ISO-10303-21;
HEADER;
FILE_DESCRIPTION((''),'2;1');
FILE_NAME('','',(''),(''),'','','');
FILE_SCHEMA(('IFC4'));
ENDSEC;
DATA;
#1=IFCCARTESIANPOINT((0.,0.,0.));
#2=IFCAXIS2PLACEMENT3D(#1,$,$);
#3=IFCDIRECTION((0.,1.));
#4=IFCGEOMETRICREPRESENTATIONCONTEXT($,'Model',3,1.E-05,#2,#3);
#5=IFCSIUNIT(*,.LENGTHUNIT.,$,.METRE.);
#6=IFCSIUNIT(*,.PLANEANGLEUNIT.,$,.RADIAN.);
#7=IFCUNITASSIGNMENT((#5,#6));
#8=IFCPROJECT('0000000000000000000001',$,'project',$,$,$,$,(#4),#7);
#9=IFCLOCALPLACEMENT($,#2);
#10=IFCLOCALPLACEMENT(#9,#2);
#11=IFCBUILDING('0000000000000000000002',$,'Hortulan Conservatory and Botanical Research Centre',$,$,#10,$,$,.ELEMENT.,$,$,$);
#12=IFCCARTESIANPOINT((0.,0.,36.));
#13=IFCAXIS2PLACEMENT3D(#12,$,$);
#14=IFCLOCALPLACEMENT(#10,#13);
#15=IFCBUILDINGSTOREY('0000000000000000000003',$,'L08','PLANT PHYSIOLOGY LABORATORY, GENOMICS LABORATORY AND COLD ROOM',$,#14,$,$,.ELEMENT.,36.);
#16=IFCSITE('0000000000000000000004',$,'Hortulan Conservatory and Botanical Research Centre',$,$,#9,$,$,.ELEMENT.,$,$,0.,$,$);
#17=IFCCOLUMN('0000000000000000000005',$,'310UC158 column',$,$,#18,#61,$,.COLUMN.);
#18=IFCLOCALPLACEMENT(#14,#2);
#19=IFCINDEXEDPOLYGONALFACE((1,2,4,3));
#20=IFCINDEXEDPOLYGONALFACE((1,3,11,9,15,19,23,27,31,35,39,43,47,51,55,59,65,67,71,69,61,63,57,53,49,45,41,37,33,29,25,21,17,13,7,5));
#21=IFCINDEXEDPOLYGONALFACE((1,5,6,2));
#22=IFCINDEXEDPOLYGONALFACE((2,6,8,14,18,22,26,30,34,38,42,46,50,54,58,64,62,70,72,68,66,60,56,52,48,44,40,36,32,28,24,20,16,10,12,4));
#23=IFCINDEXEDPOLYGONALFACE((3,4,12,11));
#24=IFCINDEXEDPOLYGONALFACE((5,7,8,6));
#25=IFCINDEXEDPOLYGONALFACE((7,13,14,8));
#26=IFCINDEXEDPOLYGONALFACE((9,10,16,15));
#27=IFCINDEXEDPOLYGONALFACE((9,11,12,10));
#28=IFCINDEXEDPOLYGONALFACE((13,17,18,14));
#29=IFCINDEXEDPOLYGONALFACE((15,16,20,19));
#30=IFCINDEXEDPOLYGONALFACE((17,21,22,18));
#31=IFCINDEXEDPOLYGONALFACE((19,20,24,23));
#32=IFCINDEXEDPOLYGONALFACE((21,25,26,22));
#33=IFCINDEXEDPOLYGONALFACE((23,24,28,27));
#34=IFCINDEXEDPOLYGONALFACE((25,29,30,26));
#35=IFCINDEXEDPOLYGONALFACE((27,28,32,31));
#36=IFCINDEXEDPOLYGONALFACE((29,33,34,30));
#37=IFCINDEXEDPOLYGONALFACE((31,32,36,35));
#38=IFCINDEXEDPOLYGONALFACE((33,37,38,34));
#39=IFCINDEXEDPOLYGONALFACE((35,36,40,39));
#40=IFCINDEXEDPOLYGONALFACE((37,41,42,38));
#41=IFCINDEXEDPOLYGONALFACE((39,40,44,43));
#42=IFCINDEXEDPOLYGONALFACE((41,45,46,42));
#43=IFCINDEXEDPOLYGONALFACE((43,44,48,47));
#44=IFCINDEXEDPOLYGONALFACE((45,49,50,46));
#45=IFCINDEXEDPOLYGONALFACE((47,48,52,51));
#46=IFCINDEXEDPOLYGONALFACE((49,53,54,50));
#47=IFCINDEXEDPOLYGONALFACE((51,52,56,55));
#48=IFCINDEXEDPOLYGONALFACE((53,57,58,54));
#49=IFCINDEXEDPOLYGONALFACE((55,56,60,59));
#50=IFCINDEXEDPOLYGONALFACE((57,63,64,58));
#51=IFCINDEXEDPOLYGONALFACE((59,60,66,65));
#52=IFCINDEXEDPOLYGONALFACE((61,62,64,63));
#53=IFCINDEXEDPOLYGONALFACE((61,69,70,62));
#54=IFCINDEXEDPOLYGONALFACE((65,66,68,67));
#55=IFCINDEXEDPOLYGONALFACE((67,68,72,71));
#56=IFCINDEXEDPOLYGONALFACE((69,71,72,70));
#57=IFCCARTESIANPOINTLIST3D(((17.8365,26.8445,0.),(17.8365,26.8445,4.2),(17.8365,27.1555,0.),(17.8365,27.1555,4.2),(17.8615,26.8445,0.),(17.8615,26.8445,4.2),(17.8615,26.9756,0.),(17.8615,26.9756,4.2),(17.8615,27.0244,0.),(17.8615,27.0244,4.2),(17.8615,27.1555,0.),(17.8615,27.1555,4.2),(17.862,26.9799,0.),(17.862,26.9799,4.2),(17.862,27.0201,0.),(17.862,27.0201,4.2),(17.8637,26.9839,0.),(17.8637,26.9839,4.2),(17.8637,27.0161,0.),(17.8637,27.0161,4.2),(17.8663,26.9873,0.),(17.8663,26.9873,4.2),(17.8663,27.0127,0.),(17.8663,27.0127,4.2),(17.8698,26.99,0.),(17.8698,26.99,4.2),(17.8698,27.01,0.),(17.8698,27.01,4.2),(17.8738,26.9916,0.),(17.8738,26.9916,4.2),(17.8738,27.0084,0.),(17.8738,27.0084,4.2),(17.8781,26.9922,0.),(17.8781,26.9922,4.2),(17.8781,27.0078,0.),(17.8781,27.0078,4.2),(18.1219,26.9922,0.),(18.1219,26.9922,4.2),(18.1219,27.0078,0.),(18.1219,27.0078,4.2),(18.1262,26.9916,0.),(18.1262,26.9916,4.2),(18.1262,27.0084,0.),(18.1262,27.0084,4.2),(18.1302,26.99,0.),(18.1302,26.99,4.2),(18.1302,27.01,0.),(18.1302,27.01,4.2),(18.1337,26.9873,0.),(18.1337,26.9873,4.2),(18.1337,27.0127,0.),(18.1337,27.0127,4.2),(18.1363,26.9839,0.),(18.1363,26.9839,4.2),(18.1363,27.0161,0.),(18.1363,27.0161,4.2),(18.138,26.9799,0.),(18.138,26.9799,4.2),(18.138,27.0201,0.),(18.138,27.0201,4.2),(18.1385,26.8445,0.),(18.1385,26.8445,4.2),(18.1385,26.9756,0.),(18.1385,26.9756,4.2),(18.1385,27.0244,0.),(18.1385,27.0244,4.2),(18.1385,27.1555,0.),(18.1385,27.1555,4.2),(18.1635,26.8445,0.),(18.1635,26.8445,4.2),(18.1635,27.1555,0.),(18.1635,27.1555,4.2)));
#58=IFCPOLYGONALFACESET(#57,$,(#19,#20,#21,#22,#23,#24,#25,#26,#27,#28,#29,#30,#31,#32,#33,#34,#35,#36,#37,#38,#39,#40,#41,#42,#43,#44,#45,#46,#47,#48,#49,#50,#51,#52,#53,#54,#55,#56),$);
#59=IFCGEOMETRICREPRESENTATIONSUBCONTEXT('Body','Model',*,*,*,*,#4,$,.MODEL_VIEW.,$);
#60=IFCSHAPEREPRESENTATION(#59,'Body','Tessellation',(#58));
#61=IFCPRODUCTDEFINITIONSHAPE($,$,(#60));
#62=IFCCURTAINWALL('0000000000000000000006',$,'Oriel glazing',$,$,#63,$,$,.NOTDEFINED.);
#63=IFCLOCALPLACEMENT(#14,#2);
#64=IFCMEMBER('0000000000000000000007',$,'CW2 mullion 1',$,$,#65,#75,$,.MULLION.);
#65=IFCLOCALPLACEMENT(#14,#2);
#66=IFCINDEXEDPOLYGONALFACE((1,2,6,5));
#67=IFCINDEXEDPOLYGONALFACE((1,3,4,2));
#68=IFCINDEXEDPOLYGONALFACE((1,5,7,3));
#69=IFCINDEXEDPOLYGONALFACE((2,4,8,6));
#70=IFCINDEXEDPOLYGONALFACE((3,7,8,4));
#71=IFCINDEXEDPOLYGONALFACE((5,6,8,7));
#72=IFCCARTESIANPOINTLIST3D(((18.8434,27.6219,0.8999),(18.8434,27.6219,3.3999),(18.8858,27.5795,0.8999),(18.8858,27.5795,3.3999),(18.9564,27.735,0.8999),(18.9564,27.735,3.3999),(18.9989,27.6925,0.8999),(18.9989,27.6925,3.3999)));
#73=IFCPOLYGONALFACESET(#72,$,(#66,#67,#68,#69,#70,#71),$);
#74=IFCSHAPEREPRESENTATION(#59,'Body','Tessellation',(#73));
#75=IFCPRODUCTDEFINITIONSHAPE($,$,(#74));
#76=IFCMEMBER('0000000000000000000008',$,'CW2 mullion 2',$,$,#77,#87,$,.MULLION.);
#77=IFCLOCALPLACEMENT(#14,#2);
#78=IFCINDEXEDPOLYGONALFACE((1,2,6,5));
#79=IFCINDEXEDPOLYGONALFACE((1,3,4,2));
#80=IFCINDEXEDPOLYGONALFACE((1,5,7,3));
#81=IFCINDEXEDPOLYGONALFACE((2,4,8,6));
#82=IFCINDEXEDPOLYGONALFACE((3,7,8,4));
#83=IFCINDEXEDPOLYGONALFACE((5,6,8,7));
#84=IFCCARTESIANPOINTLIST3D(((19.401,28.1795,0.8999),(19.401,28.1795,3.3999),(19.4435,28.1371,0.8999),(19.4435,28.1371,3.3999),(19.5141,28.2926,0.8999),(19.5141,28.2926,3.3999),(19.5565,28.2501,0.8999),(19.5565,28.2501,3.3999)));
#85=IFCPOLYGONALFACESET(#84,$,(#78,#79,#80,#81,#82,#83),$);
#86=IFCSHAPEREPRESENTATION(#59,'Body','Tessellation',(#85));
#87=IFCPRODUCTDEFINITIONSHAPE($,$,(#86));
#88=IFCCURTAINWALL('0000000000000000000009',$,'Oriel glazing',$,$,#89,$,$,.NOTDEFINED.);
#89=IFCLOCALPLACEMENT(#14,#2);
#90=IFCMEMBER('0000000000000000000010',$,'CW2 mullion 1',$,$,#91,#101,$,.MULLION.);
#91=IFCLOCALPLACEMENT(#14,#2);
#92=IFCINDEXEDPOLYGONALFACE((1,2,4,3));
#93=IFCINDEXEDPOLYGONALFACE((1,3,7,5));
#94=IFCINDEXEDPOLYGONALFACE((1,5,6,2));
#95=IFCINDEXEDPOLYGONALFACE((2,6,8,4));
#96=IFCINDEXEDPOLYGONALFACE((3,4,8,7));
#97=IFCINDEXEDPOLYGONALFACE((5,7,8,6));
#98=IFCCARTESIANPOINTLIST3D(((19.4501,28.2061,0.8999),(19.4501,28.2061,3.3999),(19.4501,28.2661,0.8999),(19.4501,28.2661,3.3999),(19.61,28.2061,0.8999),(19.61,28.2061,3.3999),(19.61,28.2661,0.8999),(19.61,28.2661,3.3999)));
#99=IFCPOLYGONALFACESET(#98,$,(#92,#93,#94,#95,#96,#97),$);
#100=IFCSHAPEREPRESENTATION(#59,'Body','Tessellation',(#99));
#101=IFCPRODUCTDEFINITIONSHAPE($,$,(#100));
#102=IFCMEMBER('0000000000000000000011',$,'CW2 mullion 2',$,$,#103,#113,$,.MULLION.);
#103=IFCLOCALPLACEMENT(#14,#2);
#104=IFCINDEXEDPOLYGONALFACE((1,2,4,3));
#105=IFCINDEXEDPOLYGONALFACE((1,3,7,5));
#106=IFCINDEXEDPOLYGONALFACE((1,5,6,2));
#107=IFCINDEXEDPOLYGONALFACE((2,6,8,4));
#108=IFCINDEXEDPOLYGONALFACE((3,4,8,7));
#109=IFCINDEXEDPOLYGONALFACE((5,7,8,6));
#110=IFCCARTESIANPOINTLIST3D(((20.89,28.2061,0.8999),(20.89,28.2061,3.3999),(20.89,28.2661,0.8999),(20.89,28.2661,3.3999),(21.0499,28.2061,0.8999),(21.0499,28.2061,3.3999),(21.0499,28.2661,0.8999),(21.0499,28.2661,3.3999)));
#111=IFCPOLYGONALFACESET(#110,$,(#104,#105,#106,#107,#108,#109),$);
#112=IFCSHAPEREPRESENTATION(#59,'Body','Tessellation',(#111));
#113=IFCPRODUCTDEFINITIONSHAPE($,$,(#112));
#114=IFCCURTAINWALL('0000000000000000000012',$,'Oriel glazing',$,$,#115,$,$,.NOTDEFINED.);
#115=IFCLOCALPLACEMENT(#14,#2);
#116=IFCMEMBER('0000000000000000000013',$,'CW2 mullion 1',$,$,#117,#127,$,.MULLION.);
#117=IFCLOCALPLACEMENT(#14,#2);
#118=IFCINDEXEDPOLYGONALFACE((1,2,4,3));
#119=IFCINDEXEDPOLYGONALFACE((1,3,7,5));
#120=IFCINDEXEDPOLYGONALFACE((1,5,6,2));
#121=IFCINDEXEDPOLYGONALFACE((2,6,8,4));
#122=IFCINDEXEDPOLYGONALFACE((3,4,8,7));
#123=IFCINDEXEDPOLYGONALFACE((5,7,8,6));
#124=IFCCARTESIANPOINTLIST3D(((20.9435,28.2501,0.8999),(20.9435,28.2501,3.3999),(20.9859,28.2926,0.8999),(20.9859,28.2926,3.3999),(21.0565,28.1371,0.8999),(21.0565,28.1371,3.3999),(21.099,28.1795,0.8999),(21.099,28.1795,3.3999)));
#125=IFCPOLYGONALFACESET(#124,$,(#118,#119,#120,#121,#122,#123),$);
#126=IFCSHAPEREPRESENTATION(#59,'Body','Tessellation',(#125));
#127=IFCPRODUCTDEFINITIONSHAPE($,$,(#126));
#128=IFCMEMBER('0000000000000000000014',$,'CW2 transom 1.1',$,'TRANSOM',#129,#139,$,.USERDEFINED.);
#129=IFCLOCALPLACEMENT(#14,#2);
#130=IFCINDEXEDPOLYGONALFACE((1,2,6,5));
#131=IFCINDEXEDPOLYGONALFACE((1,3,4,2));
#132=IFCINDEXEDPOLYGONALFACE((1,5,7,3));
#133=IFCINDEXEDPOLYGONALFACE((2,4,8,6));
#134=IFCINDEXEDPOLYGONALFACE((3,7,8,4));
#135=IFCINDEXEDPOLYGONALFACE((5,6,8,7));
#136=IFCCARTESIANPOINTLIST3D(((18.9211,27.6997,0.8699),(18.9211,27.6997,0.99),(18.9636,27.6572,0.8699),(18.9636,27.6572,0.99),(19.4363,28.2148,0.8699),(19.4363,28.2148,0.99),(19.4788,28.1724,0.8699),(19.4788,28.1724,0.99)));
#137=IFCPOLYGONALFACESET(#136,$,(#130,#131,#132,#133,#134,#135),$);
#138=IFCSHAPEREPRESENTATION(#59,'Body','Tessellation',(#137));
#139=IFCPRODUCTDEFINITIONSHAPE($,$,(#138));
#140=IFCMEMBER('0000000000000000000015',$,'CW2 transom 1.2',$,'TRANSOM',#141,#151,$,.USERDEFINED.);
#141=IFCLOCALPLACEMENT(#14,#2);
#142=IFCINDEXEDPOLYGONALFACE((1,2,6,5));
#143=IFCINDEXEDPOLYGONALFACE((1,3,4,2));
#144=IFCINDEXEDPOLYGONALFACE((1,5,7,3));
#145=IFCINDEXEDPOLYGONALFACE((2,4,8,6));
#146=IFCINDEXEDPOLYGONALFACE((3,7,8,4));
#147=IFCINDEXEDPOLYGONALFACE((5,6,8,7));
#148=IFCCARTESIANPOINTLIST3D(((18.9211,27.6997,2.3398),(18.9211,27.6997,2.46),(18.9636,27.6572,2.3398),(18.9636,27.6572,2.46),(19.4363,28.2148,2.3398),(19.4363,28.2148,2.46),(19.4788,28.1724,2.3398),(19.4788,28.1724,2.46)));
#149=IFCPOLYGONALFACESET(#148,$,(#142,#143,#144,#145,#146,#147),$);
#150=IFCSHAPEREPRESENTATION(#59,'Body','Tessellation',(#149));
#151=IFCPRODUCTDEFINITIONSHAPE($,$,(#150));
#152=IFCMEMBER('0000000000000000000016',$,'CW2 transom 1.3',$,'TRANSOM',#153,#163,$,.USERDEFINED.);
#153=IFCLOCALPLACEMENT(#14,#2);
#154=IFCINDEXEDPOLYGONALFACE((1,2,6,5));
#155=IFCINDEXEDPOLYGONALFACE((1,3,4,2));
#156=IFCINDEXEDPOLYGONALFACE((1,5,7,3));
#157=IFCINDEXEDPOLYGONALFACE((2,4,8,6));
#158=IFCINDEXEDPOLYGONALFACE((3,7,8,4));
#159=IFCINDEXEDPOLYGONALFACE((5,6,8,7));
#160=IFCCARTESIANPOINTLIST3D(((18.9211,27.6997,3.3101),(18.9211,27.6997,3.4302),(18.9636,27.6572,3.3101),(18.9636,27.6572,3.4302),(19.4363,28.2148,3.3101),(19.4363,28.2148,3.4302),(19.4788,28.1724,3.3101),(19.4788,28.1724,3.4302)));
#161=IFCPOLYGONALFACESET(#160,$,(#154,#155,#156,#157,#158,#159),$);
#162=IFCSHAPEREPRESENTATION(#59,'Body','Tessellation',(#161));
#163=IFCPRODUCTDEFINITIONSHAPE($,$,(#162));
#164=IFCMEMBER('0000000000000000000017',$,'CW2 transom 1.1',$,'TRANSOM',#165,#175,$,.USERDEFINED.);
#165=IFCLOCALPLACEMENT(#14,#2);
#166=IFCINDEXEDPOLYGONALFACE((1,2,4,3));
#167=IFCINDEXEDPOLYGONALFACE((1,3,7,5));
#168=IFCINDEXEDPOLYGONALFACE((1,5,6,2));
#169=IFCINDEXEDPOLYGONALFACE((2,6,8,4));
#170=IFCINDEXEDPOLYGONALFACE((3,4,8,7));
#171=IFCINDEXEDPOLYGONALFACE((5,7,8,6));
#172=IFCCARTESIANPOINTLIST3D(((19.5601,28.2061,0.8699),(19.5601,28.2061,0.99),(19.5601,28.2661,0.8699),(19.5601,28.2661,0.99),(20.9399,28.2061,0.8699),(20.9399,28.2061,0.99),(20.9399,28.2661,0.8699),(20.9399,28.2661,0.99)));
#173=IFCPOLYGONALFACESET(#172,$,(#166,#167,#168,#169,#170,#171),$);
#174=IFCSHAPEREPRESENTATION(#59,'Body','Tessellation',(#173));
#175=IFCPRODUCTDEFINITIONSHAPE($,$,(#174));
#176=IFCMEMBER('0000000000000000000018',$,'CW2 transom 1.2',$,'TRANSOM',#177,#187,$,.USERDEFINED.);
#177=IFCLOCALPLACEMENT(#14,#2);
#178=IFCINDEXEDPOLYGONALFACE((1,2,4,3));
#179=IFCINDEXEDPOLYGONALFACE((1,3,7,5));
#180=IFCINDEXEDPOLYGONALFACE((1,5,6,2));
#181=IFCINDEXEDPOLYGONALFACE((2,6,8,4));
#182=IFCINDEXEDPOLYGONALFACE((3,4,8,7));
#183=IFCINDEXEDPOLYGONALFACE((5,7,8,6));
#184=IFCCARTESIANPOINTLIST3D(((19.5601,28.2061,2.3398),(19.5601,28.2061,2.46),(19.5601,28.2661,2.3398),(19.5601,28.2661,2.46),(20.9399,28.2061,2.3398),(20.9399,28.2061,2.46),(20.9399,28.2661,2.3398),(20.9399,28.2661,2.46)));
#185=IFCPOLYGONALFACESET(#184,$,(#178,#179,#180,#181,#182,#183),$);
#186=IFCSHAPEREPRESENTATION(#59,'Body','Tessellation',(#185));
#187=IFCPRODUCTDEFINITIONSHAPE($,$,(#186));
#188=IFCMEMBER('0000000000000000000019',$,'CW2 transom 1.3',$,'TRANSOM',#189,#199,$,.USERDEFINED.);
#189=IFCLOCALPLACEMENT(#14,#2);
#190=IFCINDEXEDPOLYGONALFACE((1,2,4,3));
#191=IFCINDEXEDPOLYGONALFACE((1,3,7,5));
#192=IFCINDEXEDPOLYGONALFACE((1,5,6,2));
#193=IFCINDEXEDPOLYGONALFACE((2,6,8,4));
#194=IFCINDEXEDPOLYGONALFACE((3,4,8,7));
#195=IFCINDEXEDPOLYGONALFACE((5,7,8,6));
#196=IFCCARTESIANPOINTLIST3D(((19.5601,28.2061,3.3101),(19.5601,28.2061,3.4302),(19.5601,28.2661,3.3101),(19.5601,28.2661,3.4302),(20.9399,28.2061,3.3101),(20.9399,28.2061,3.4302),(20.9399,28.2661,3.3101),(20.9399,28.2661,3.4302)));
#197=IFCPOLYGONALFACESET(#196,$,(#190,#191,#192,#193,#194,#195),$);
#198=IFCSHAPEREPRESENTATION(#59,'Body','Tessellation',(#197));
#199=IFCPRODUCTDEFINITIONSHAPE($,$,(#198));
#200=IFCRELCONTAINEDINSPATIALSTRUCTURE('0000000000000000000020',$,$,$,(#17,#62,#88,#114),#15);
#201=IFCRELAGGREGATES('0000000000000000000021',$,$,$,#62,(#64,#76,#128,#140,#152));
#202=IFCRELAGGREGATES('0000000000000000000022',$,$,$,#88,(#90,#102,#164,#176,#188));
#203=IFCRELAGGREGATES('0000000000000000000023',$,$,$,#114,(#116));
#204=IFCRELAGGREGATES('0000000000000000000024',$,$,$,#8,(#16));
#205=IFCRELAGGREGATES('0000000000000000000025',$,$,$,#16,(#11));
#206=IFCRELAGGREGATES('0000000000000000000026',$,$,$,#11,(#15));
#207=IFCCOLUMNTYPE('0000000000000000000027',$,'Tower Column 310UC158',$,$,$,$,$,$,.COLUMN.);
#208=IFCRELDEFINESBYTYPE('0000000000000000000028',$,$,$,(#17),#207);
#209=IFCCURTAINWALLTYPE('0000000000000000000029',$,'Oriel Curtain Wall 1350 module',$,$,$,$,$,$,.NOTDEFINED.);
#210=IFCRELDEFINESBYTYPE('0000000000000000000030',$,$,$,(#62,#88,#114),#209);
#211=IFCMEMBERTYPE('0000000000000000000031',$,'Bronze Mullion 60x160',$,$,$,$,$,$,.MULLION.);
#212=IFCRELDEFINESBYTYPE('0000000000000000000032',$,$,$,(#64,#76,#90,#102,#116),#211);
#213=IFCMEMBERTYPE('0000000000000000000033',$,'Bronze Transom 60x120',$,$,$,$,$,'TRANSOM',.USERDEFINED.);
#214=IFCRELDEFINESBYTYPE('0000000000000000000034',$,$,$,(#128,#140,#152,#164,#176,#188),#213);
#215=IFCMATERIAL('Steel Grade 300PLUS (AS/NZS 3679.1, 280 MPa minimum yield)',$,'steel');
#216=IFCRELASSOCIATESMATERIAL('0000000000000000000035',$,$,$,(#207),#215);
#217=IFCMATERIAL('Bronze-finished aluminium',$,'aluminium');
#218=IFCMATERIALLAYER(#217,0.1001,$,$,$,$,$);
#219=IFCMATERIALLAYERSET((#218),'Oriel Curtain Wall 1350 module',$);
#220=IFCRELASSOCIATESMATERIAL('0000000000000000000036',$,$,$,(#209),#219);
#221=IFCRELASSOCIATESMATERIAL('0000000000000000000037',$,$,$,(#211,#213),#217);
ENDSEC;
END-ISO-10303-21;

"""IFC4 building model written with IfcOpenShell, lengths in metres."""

from ifc_helpers import new_model, si_unit, direction, frame, origin, origin_2d, place, context, subcontext, project, spatial, rectangle, i_section, extrude, material, layer, layer_set, material_profile, profile_set, type_object, element, aggregate, save


model = new_model("IFC4")

# Units and contexts
model_context = context("Model", 3, precision=1e-05, world=origin(), true_north=direction((0.0, 1.0)))
body_context = subcontext(model_context, "Body", "Model", "MODEL_VIEW")
ifc_project = project(units=[si_unit("LENGTHUNIT", "METRE"), si_unit("PLANEANGLEUNIT", "RADIAN")], contexts=[model_context])

# Site, building, storey
site_placement = place(None, origin())
site = spatial("IfcSite", under=ifc_project, at=site_placement, Name="Hortulan Conservatory and Botanical Research Centre", CompositionType="ELEMENT", RefElevation=0.0)
building_placement = place(site_placement, origin())
building = spatial("IfcBuilding", under=site, at=building_placement, Name="Hortulan Conservatory and Botanical Research Centre", CompositionType="ELEMENT")
storey_placement = place(building_placement, frame((0.0, 0.0, 36.0)))
storey = spatial("IfcBuildingStorey", under=building, at=storey_placement, Name="L08", Description="PLANT PHYSIOLOGY LABORATORY, GENOMICS LABORATORY AND COLD ROOM", CompositionType="ELEMENT", Elevation=36.0)

# Column
ifc_material_1 = material(Name="Steel Grade 300PLUS (AS/NZS 3679.1, 280 MPa minimum yield)", Category="steel")
ifc_material_profile_1 = material_profile(ifc_material_1, i_section(OverallWidth=0.311, OverallDepth=0.3269, WebThickness=0.0156, FlangeThickness=0.0249, FilletRadius=0.0166, at=origin_2d()), Name="310UC158")
ifc_profile_set_1 = profile_set([ifc_material_profile_1], Name="Steel Grade 300PLUS (AS/NZS 3679.1, 280 MPa minimum yield)")
column_type = type_object("IfcColumnType", Name="Tower Column 310UC158", PredefinedType="COLUMN", material=ifc_profile_set_1)
column_placement = place(storey_placement, frame((18.0, 27.0, 0.0), z_axis=(0.0, 0.0, 1.0), x_axis=(0.0, 1.0, 0.0)))
element("IfcColumn", 1, at=column_placement, inside=storey, type_object=column_type, Name="310UC158 column", PredefinedType="COLUMN", context=body_context, shape_type="SweptSolid", body=[
    extrude(i_section(OverallWidth=0.311, OverallDepth=0.3269, WebThickness=0.0156, FlangeThickness=0.0249, FilletRadius=0.0166, at=origin_2d()), origin(), (0.0, 0.0, 1.0), 4.2),
])

# Curtain walls, members
ifc_material_2 = material(Name="Bronze-finished aluminium", Category="aluminium")
ifc_layer_1 = layer(ifc_material_2, 0.1001)
ifc_layer_set_1 = layer_set([ifc_layer_1], Name="Oriel Curtain Wall 1350 module")
curtain_wall_type = type_object("IfcCurtainWallType", Name="Oriel Curtain Wall 1350 module", PredefinedType="NOTDEFINED", material=ifc_layer_set_1)
curtain_wall_1_placement = place(storey_placement, origin())
curtain_wall_1 = element("IfcCurtainWall", 2, at=curtain_wall_1_placement, inside=storey, type_object=curtain_wall_type, Name="Oriel glazing", PredefinedType="NOTDEFINED")
ifc_material_profile_2 = material_profile(ifc_material_2, rectangle(XDim=0.0601, YDim=0.1599, at=origin_2d()), Name="Bronze Mullion 60x160")
ifc_profile_set_2 = profile_set([ifc_material_profile_2], Name="Bronze-finished aluminium")
member_type_1 = type_object("IfcMemberType", Name="Bronze Mullion 60x160", PredefinedType="MULLION", material=ifc_profile_set_2)
member_1_placement = place(storey_placement, frame((18.9211, 27.6572, 0.8999), z_axis=(0.0, 0.0, 1.0), x_axis=(-0.707107, 0.707107, 0.0)))
member_1 = element("IfcMember", 3, at=member_1_placement, type_object=member_type_1, Name="CW2 mullion 1", PredefinedType="MULLION", context=body_context, shape_type="SweptSolid", body=[
    extrude(rectangle(XDim=0.0601, YDim=0.1599, at=origin_2d()), origin(), (0.0, 0.0, 1.0), 2.5),
])
member_2_placement = place(storey_placement, frame((19.4788, 28.2148, 0.8999), z_axis=(0.0, 0.0, 1.0), x_axis=(-0.707107, 0.707107, 0.0)))
member_2 = element("IfcMember", 4, at=member_2_placement, type_object=member_type_1, Name="CW2 mullion 2", PredefinedType="MULLION", context=body_context, shape_type="SweptSolid", body=[
    extrude(rectangle(XDim=0.0601, YDim=0.1599, at=origin_2d()), origin(), (0.0, 0.0, 1.0), 2.5),
])
curtain_wall_2_placement = place(storey_placement, origin())
curtain_wall_2 = element("IfcCurtainWall", 5, at=curtain_wall_2_placement, inside=storey, type_object=curtain_wall_type, Name="Oriel glazing", PredefinedType="NOTDEFINED")
member_3_placement = place(storey_placement, frame((19.53, 28.2361, 0.8999), z_axis=(0.0, 0.0, 1.0), x_axis=(0.0, 1.0, 0.0)))
member_3 = element("IfcMember", 6, at=member_3_placement, type_object=member_type_1, Name="CW2 mullion 1", PredefinedType="MULLION", context=body_context, shape_type="SweptSolid", body=[
    extrude(rectangle(XDim=0.0601, YDim=0.1599, at=origin_2d()), origin(), (0.0, 0.0, 1.0), 2.5),
])
member_4_placement = place(storey_placement, frame((20.97, 28.2361, 0.8999), z_axis=(0.0, 0.0, 1.0), x_axis=(0.0, 1.0, 0.0)))
member_4 = element("IfcMember", 7, at=member_4_placement, type_object=member_type_1, Name="CW2 mullion 2", PredefinedType="MULLION", context=body_context, shape_type="SweptSolid", body=[
    extrude(rectangle(XDim=0.0601, YDim=0.1599, at=origin_2d()), origin(), (0.0, 0.0, 1.0), 2.5),
])

# Curtain wall, member
curtain_wall_3_placement = place(storey_placement, origin())
curtain_wall_3 = element("IfcCurtainWall", 8, at=curtain_wall_3_placement, inside=storey, type_object=curtain_wall_type, Name="Oriel glazing", PredefinedType="NOTDEFINED")
member_5_placement = place(storey_placement, frame((21.0212, 28.2148, 0.8999), z_axis=(0.0, 0.0, 1.0), x_axis=(0.707107, 0.707107, 0.0)))
member_5 = element("IfcMember", 9, at=member_5_placement, type_object=member_type_1, Name="CW2 mullion 1", PredefinedType="MULLION", context=body_context, shape_type="SweptSolid", body=[
    extrude(rectangle(XDim=0.0601, YDim=0.1599, at=origin_2d()), origin(), (0.0, 0.0, 1.0), 2.5),
])

# Members
ifc_material_profile_3 = material_profile(ifc_material_2, rectangle(XDim=0.0601, YDim=0.1201, at=origin_2d()), Name="Bronze Transom 60x120")
ifc_profile_set_3 = profile_set([ifc_material_profile_3], Name="Bronze-finished aluminium")
member_type_2 = type_object("IfcMemberType", Name="Bronze Transom 60x120", ElementType="TRANSOM", PredefinedType="USERDEFINED", material=ifc_profile_set_3)
member_6_placement = place(storey_placement, frame((18.9424, 27.6785, 0.9299), z_axis=(0.707107, 0.707107, 0.0), x_axis=(-0.707107, 0.707107, 0.0)))
member_6 = element("IfcMember", 10, at=member_6_placement, type_object=member_type_2, Name="CW2 transom 1.1", ObjectType="TRANSOM", PredefinedType="USERDEFINED", context=body_context, shape_type="SweptSolid", body=[
    extrude(rectangle(XDim=0.0601, YDim=0.1201, at=origin_2d()), origin(), (0.0, 0.0, 1.0), 0.7285),
])
member_7_placement = place(storey_placement, frame((18.9424, 27.6785, 2.3999), z_axis=(0.707107, 0.707107, 0.0), x_axis=(-0.707107, 0.707107, 0.0)))
member_7 = element("IfcMember", 11, at=member_7_placement, type_object=member_type_2, Name="CW2 transom 1.2", ObjectType="TRANSOM", PredefinedType="USERDEFINED", context=body_context, shape_type="SweptSolid", body=[
    extrude(rectangle(XDim=0.0601, YDim=0.1201, at=origin_2d()), origin(), (0.0, 0.0, 1.0), 0.7285),
])
member_8_placement = place(storey_placement, frame((18.9424, 27.6785, 3.3701), z_axis=(0.707107, 0.707107, 0.0), x_axis=(-0.707107, 0.707107, 0.0)))
member_8 = element("IfcMember", 12, at=member_8_placement, type_object=member_type_2, Name="CW2 transom 1.3", ObjectType="TRANSOM", PredefinedType="USERDEFINED", context=body_context, shape_type="SweptSolid", body=[
    extrude(rectangle(XDim=0.0601, YDim=0.1201, at=origin_2d()), origin(), (0.0, 0.0, 1.0), 0.7285),
])
member_9_placement = place(storey_placement, frame((19.5601, 28.2361, 0.9299), z_axis=(1.0, 0.0, 0.0), x_axis=(0.0, 1.0, 0.0)))
member_9 = element("IfcMember", 13, at=member_9_placement, type_object=member_type_2, Name="CW2 transom 1.1", ObjectType="TRANSOM", PredefinedType="USERDEFINED", context=body_context, shape_type="SweptSolid", body=[
    extrude(rectangle(XDim=0.0601, YDim=0.1201, at=origin_2d()), origin(), (0.0, 0.0, 1.0), 1.3799),
])
member_10_placement = place(storey_placement, frame((19.5601, 28.2361, 2.3999), z_axis=(1.0, 0.0, 0.0), x_axis=(0.0, 1.0, 0.0)))
member_10 = element("IfcMember", 14, at=member_10_placement, type_object=member_type_2, Name="CW2 transom 1.2", ObjectType="TRANSOM", PredefinedType="USERDEFINED", context=body_context, shape_type="SweptSolid", body=[
    extrude(rectangle(XDim=0.0601, YDim=0.1201, at=origin_2d()), origin(), (0.0, 0.0, 1.0), 1.3799),
])
member_11_placement = place(storey_placement, frame((19.5601, 28.2361, 3.3701), z_axis=(1.0, 0.0, 0.0), x_axis=(0.0, 1.0, 0.0)))
member_11 = element("IfcMember", 15, at=member_11_placement, type_object=member_type_2, Name="CW2 transom 1.3", ObjectType="TRANSOM", PredefinedType="USERDEFINED", context=body_context, shape_type="SweptSolid", body=[
    extrude(rectangle(XDim=0.0601, YDim=0.1201, at=origin_2d()), origin(), (0.0, 0.0, 1.0), 1.3799),
])

aggregate(curtain_wall_1, [member_1, member_2, member_6, member_7, member_8])
aggregate(curtain_wall_2, [member_3, member_4, member_9, member_10, member_11])
aggregate(curtain_wall_3, [member_5])

save(model, "model.ifc")
